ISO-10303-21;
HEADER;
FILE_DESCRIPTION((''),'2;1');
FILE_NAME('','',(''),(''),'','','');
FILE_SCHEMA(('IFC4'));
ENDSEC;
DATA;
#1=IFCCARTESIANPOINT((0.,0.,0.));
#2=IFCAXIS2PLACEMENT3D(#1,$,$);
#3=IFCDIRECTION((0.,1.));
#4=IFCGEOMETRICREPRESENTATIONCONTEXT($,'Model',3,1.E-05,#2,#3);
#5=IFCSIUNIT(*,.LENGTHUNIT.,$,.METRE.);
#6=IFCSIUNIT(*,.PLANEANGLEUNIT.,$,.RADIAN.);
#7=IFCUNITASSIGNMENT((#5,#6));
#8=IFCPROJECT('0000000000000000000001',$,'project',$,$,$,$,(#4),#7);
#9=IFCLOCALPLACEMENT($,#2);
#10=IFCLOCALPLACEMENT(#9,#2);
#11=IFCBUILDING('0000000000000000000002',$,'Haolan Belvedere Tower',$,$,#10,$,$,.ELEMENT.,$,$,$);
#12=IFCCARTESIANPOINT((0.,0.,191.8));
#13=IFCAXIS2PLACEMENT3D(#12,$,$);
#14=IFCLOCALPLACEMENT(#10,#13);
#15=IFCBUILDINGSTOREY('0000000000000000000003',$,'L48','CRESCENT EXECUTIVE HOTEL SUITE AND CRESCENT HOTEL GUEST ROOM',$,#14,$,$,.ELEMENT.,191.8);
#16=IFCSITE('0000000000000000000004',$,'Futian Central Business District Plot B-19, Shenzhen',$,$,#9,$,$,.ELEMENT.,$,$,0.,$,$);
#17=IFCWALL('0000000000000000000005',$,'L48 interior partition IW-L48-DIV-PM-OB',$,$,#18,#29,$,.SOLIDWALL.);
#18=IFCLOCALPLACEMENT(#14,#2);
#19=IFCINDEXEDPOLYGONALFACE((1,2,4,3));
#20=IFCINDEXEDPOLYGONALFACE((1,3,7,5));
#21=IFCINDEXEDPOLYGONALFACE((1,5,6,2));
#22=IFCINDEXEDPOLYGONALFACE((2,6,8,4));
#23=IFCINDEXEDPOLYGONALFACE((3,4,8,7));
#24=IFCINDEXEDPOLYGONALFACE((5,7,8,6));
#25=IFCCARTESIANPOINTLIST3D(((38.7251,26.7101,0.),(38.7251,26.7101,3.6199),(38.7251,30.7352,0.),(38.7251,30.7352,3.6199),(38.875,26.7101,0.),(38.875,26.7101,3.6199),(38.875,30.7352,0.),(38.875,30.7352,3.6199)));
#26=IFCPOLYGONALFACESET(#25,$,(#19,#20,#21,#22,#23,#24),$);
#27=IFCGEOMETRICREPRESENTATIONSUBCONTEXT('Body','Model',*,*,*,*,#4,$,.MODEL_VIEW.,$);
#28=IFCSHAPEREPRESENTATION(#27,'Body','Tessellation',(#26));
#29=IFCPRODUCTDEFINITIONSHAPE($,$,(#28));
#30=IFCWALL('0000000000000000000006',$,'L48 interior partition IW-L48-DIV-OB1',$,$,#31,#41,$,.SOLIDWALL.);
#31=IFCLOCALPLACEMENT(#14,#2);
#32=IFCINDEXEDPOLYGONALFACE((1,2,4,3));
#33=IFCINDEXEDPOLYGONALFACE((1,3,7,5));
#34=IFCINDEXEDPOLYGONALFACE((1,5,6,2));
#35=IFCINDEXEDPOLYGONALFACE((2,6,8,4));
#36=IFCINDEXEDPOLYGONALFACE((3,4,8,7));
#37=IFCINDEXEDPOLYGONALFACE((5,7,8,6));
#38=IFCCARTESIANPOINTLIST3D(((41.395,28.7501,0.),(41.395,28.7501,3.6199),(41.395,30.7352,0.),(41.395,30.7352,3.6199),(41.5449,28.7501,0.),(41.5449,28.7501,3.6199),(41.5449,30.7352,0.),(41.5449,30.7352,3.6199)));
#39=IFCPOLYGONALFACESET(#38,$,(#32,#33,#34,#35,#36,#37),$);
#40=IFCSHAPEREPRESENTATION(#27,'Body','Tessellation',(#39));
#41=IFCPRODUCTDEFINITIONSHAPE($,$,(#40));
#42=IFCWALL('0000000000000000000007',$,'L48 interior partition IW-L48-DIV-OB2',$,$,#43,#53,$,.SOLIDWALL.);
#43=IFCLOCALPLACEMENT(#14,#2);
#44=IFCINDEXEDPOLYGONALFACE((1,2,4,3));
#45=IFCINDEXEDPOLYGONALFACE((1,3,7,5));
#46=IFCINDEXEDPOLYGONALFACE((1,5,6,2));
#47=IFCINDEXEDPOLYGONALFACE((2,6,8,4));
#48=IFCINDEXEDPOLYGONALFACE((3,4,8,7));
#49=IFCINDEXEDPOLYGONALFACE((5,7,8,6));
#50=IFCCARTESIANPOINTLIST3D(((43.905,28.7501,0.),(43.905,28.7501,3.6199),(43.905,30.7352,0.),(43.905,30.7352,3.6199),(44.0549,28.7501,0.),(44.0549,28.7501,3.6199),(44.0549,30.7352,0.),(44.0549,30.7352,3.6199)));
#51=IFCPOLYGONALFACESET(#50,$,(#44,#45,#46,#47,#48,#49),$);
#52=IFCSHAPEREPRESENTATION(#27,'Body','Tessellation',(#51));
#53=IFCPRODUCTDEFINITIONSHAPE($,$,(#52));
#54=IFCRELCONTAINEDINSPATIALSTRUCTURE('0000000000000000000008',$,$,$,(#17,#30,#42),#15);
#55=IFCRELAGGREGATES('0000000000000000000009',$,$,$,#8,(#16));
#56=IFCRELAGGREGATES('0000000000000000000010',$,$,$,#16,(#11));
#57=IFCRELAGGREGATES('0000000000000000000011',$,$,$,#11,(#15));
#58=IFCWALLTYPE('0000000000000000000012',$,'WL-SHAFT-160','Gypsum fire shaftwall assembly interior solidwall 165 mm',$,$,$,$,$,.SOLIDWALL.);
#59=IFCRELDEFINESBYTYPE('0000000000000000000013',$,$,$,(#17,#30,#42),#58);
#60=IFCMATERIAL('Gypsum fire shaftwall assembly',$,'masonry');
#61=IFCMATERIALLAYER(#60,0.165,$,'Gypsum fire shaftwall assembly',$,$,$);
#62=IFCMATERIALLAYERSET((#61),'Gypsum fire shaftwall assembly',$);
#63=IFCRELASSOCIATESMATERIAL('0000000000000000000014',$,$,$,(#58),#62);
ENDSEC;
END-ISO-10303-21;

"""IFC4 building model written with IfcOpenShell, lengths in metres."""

from ifc_helpers import new_model, si_unit, direction, frame, frame_2d, origin, place, context, subcontext, project, spatial, rectangle, extrude, material, layer, layer_set, type_object, element, save


model = new_model("IFC4")

# Units and contexts
model_context = context("Model", 3, precision=1e-05, world=origin(), true_north=direction((0.0, 1.0)))
body_context = subcontext(model_context, "Body", "Model", "MODEL_VIEW")
ifc_project = project(units=[si_unit("LENGTHUNIT", "METRE"), si_unit("PLANEANGLEUNIT", "RADIAN")], contexts=[model_context])

# Site, building, storey
site_placement = place(None, origin())
site = spatial("IfcSite", under=ifc_project, at=site_placement, Name="Futian Central Business District Plot B-19, Shenzhen", CompositionType="ELEMENT", RefElevation=0.0)
building_placement = place(site_placement, origin())
building = spatial("IfcBuilding", under=site, at=building_placement, Name="Haolan Belvedere Tower", CompositionType="ELEMENT")
storey_placement = place(building_placement, frame((0.0, 0.0, 191.8)))
storey = spatial("IfcBuildingStorey", under=building, at=storey_placement, Name="L48", Description="CRESCENT EXECUTIVE HOTEL SUITE AND CRESCENT HOTEL GUEST ROOM", CompositionType="ELEMENT", Elevation=191.8)

# Shared definitions
ifc_material_1 = material(Name="Gypsum fire shaftwall assembly", Category="masonry")
ifc_layer_1 = layer(ifc_material_1, 0.165, Name="Gypsum fire shaftwall assembly")
ifc_layer_set_1 = layer_set([ifc_layer_1], Name="Gypsum fire shaftwall assembly")
wall_type_1 = type_object("IfcWallType", Name="WL-SHAFT-160", Description="Gypsum fire shaftwall assembly interior solidwall 165 mm", PredefinedType="SOLIDWALL", material=ifc_layer_set_1)

# Walls
wall_1_placement = place(storey_placement, frame((38.8, 26.71, 0.0), z_axis=(0.0, 0.0, 1.0), x_axis=(0.0, 1.0, 0.0)))
element("IfcWall", 1, at=wall_1_placement, inside=storey, type_object=wall_type_1, Name="L48 interior partition IW-L48-DIV-PM-OB", PredefinedType="SOLIDWALL", context=body_context, shape_type="SweptSolid", body=[
    extrude(rectangle(XDim=4.0251, YDim=0.1499, at=frame_2d((2.0127, 0.0))), origin(), (0.0, 0.0, 1.0), 3.6199),
])
for number, where, z_axis, x_axis, name in (
    (2, (41.47, 28.75, 0.0), (0.0, 0.0, 1.0), (0.0, 1.0, 0.0), "L48 interior partition IW-L48-DIV-OB1"),
    (3, (43.98, 28.75, 0.0), (0.0, 0.0, 1.0), (0.0, 1.0, 0.0), "L48 interior partition IW-L48-DIV-OB2"),
):
    element("IfcWall", number, at=place(storey_placement, frame(where, z_axis=z_axis, x_axis=x_axis)), inside=storey, type_object=wall_type_1, Name=name, PredefinedType="SOLIDWALL", context=body_context, shape_type="SweptSolid", body=[
        extrude(rectangle(XDim=1.9851, YDim=0.1499, at=frame_2d((0.9927, 0.0))), origin(), (0.0, 0.0, 1.0), 3.6199),
    ])

save(model, "model.ifc")
